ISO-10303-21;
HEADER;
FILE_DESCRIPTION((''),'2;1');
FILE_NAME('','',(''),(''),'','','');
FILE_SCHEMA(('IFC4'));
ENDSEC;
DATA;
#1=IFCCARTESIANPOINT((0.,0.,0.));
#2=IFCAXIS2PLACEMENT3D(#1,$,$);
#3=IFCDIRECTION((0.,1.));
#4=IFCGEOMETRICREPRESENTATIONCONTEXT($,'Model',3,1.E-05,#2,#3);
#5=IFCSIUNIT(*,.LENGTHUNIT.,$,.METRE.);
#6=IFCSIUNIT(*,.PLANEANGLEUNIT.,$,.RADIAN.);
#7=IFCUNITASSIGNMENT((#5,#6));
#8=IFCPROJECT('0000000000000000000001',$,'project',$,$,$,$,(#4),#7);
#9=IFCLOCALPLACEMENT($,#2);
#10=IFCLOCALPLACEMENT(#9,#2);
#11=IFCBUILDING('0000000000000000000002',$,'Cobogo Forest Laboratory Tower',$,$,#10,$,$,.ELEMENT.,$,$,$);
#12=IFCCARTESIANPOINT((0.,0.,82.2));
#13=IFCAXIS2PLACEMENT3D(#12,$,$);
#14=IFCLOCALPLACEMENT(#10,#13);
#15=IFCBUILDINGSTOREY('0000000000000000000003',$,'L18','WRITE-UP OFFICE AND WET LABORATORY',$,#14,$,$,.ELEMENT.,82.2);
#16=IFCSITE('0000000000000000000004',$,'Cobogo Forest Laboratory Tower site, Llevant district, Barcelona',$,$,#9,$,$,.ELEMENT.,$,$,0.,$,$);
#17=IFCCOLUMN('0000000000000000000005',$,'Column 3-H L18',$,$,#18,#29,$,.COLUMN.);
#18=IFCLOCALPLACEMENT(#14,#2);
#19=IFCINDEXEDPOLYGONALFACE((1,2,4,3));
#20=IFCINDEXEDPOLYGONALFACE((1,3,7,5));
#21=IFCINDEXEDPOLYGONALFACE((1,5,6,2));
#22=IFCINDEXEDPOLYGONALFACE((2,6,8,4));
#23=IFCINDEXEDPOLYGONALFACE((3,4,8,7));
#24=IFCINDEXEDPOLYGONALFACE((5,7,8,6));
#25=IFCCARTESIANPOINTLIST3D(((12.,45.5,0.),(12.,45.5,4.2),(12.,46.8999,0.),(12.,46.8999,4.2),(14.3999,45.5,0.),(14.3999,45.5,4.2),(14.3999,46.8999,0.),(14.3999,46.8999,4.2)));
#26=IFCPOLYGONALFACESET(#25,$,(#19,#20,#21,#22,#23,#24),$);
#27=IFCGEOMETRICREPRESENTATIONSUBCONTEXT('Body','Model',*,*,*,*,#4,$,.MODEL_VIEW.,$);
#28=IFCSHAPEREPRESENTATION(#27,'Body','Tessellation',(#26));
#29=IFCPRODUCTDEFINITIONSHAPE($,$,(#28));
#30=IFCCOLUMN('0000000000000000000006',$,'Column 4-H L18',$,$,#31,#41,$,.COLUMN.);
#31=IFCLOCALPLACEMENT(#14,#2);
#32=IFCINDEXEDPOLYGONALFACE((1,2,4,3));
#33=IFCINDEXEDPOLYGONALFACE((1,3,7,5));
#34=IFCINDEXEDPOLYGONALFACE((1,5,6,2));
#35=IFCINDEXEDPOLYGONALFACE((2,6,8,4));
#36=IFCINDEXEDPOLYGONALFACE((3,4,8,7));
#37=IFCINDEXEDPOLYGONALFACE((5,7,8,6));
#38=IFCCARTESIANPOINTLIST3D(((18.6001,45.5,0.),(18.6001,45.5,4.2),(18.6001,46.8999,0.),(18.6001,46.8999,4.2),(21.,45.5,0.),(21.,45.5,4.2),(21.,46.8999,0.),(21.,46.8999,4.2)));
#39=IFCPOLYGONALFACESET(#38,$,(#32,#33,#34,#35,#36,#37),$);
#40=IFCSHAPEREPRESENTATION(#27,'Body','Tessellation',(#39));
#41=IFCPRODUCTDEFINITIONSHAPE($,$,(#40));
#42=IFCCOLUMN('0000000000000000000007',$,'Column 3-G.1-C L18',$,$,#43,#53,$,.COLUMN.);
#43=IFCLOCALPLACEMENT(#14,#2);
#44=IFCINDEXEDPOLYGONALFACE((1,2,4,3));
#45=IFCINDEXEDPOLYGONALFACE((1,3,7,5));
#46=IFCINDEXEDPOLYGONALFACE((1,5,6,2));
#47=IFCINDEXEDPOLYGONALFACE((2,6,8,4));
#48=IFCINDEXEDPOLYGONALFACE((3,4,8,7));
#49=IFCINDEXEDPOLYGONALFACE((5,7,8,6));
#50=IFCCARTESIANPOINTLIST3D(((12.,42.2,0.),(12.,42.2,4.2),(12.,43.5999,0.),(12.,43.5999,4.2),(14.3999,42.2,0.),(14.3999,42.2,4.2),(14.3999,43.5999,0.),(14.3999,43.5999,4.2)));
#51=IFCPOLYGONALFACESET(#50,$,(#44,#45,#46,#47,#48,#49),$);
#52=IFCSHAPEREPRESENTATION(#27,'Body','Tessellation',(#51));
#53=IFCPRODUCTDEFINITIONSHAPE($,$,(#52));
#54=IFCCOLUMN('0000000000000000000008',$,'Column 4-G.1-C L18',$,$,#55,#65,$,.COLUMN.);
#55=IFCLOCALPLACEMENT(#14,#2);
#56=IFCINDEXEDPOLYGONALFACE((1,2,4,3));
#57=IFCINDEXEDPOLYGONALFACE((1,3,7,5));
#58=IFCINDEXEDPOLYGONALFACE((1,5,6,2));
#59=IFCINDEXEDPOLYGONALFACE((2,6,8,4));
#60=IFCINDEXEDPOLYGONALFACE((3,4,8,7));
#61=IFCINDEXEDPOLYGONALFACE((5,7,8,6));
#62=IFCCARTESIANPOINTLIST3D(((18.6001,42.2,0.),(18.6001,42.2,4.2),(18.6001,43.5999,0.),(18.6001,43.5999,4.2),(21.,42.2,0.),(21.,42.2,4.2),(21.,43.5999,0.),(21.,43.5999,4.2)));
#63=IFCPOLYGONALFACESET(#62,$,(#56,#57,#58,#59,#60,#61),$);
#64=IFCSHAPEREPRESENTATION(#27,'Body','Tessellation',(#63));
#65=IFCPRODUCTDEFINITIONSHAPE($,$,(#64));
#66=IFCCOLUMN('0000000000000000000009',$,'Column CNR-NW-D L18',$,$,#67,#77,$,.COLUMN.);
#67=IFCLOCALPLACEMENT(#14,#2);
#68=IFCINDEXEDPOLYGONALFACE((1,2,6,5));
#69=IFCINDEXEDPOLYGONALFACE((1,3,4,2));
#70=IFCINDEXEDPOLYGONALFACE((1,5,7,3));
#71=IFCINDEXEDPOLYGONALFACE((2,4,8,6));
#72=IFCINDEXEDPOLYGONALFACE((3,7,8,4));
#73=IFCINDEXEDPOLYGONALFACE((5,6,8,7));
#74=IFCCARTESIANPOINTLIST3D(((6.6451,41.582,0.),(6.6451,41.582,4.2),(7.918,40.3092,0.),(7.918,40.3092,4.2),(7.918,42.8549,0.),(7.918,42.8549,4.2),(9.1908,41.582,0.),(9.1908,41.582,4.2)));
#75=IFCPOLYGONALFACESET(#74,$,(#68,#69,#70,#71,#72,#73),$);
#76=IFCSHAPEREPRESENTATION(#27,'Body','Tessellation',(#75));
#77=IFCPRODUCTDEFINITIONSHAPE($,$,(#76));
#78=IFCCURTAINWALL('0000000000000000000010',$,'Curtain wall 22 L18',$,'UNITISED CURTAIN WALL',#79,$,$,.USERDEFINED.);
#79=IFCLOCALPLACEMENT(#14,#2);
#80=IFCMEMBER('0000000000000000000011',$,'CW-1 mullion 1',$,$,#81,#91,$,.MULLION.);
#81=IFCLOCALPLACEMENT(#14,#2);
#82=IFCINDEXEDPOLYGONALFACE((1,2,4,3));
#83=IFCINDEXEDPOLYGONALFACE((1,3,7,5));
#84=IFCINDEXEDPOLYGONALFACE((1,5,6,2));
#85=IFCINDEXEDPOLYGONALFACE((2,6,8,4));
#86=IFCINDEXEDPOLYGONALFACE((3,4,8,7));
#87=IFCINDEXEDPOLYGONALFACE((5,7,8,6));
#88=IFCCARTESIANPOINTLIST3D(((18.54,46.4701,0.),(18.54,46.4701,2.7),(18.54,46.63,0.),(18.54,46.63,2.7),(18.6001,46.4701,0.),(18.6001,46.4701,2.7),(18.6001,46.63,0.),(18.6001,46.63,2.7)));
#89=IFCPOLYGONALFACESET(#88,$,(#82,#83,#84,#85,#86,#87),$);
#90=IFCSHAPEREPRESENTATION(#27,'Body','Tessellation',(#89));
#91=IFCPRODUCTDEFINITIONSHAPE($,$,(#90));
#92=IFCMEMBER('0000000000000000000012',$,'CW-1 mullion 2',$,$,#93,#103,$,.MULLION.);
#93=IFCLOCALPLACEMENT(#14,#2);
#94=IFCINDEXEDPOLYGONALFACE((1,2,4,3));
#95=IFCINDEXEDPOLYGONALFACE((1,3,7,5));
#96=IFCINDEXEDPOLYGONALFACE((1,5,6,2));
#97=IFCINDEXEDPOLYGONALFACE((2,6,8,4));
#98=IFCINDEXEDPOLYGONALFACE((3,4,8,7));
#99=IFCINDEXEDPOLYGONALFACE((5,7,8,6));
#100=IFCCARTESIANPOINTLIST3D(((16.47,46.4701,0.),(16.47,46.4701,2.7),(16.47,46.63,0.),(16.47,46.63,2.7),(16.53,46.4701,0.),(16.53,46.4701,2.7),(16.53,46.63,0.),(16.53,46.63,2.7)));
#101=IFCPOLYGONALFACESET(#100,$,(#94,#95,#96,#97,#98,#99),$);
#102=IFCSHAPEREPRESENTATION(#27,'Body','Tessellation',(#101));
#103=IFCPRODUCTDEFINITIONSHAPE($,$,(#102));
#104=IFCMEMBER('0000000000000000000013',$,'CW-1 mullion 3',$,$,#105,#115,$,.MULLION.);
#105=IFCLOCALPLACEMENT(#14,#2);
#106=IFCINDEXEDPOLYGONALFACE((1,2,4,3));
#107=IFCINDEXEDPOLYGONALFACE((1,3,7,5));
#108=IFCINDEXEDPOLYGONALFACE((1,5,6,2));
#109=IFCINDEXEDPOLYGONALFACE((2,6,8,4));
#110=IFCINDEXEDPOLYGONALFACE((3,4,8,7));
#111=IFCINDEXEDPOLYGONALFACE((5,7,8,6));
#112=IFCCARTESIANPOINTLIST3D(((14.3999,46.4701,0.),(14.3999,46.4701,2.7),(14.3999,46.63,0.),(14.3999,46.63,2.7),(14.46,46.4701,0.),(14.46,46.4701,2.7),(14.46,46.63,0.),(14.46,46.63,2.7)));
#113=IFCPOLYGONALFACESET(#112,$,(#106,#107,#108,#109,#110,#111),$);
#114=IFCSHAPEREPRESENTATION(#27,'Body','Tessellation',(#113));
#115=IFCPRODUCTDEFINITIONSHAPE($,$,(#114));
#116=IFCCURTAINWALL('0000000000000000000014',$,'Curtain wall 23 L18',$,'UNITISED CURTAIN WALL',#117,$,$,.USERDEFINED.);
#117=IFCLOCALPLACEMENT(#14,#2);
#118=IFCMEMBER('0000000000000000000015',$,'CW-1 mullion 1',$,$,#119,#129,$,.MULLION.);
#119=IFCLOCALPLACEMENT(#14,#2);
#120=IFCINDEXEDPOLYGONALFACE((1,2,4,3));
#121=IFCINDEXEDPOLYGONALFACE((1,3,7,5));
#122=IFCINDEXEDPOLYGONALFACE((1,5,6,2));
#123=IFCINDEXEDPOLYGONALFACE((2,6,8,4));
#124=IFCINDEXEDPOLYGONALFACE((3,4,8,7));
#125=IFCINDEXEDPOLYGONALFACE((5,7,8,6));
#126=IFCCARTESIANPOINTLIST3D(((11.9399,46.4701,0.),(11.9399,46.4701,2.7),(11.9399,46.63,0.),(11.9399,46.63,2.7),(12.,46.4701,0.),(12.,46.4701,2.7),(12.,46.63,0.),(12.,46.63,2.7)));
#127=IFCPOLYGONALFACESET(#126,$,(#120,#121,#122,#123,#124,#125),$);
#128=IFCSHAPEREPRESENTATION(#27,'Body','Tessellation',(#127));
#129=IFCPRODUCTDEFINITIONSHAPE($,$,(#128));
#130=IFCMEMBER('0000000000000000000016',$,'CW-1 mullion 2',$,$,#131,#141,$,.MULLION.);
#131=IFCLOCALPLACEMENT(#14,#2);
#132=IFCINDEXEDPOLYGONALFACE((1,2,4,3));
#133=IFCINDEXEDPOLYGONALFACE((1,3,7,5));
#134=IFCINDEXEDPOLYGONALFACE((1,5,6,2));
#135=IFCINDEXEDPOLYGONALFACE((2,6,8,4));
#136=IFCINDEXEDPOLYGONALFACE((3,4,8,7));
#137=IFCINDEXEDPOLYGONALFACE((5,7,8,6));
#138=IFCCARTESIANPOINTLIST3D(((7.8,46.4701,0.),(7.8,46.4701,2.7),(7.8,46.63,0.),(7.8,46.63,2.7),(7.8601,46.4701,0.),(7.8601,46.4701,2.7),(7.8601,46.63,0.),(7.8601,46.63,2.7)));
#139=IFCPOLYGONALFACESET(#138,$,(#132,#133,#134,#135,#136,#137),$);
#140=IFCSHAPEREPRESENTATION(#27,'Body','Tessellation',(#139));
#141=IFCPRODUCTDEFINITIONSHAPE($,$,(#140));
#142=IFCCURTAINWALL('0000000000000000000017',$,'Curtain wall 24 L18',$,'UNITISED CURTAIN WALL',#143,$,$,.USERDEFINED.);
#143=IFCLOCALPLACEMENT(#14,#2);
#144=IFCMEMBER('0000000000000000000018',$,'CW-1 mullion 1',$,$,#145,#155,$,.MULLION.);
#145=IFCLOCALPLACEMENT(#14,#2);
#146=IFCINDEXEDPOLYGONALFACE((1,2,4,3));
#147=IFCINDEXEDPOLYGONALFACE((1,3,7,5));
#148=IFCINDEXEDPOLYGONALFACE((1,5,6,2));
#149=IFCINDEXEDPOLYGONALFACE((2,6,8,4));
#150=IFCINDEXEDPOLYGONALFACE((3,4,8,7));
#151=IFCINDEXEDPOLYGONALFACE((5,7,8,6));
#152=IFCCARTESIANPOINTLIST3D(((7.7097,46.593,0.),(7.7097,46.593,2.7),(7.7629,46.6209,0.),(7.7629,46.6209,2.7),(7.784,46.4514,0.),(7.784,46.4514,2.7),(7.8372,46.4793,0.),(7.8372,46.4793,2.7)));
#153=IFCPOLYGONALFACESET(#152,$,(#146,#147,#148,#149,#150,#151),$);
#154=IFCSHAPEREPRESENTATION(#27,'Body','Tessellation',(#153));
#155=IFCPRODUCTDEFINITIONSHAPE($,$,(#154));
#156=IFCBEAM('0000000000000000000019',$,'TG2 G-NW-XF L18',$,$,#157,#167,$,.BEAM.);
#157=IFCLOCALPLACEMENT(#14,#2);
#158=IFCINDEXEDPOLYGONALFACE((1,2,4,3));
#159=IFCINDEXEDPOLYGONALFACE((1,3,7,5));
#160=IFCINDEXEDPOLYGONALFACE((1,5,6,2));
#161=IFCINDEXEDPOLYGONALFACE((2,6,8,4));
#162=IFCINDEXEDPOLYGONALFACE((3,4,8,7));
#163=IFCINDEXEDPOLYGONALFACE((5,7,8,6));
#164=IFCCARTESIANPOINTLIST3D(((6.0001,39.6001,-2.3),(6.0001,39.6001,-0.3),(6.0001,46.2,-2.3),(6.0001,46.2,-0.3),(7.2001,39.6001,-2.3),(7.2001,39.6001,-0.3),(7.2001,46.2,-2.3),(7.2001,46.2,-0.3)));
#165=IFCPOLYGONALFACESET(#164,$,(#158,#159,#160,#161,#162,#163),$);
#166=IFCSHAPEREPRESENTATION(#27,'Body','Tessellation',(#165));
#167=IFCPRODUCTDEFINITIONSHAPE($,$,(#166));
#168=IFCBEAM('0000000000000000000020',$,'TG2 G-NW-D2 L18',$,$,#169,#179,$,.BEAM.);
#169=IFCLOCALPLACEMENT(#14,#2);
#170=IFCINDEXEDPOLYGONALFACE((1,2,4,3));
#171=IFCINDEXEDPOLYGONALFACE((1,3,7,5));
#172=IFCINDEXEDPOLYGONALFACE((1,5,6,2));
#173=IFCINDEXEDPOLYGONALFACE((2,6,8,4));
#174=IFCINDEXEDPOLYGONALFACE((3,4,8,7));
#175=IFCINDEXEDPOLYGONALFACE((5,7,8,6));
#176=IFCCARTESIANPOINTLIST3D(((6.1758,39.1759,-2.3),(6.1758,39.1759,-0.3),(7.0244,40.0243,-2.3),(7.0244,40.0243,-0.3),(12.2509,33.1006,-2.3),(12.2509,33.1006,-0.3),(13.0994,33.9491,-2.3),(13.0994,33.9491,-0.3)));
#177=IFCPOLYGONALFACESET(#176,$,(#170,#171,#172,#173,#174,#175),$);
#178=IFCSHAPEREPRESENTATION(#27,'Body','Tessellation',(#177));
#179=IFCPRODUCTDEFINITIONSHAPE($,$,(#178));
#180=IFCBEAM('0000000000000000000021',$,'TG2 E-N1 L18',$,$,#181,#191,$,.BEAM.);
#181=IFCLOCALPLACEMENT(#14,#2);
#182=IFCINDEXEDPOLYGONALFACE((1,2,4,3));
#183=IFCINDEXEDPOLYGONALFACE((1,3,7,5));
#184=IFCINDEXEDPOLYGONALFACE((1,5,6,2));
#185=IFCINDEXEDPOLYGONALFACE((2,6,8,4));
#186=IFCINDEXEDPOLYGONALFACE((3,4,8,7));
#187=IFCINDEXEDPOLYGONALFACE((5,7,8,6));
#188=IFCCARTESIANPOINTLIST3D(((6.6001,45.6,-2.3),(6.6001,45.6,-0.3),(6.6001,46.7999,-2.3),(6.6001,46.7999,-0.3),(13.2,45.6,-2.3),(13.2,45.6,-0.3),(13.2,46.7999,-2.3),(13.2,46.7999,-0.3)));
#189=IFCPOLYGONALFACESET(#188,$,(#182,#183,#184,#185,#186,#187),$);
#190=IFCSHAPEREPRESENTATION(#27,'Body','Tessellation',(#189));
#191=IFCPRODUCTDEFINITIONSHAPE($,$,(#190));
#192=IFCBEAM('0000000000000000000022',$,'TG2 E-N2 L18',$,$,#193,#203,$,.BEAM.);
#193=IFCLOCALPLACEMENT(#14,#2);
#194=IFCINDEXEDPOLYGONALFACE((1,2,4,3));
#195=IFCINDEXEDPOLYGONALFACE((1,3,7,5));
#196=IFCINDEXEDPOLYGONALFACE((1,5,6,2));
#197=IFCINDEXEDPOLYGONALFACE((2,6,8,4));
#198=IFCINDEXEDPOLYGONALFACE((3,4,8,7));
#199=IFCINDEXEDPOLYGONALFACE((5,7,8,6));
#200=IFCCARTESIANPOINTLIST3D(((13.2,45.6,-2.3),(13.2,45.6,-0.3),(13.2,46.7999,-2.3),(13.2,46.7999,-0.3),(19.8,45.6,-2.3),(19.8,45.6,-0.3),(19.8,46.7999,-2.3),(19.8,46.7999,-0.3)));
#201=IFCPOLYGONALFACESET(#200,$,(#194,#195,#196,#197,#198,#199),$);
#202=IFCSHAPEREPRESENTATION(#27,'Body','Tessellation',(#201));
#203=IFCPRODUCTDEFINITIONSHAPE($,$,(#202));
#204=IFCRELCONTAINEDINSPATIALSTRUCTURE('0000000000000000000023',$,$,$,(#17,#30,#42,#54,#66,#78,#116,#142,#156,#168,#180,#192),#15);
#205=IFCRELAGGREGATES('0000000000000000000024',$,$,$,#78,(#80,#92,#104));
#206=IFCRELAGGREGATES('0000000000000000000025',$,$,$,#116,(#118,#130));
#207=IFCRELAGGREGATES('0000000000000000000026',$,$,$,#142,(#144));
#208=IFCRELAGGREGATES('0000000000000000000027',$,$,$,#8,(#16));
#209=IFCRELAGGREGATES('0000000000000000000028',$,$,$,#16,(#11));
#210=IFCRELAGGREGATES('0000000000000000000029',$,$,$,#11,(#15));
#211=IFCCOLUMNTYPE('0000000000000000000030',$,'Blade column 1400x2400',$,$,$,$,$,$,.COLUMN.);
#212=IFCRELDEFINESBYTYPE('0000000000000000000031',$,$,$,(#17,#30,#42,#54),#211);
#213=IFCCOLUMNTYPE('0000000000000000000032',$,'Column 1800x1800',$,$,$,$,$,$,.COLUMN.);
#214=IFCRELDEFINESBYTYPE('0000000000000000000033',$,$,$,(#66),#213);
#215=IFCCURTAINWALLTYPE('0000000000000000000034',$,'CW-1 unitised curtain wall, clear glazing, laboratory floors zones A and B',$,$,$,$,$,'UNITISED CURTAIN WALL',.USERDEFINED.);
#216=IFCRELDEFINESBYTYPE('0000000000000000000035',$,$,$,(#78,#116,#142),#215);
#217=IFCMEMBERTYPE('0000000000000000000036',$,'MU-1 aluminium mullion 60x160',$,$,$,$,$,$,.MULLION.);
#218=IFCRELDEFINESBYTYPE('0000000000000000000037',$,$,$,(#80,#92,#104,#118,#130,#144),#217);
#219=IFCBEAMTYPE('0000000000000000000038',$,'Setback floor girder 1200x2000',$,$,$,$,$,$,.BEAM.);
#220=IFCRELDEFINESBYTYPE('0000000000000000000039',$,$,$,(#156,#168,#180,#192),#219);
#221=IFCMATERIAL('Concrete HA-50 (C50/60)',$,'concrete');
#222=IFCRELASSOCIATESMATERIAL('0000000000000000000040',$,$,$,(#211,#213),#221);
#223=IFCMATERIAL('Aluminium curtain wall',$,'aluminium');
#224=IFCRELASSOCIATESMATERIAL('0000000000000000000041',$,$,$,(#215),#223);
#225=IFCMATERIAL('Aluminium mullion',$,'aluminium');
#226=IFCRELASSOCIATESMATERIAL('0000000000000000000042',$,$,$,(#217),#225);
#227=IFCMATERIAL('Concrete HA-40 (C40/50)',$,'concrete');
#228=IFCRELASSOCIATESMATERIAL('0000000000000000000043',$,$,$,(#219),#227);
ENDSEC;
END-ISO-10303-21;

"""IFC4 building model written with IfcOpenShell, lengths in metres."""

from ifc_helpers import new_model, si_unit, direction, frame, origin, origin_2d, place, context, subcontext, project, spatial, rectangle, extrude, material, material_profile, profile_set, type_object, element, aggregate, save


model = new_model("IFC4")

# Units and contexts
model_context = context("Model", 3, precision=1e-05, world=origin(), true_north=direction((0.0, 1.0)))
body_context = subcontext(model_context, "Body", "Model", "MODEL_VIEW")
ifc_project = project(units=[si_unit("LENGTHUNIT", "METRE"), si_unit("PLANEANGLEUNIT", "RADIAN")], contexts=[model_context])

# Site, building, storey
site_placement = place(None, origin())
site = spatial("IfcSite", under=ifc_project, at=site_placement, Name="Cobogo Forest Laboratory Tower site, Llevant district, Barcelona", CompositionType="ELEMENT", RefElevation=0.0)
building_placement = place(site_placement, origin())
building = spatial("IfcBuilding", under=site, at=building_placement, Name="Cobogo Forest Laboratory Tower", CompositionType="ELEMENT")
storey_placement = place(building_placement, frame((0.0, 0.0, 82.2)))
storey = spatial("IfcBuildingStorey", under=building, at=storey_placement, Name="L18", Description="WRITE-UP OFFICE AND WET LABORATORY", CompositionType="ELEMENT", Elevation=82.2)

# Columns
ifc_material_1 = material(Name="Concrete HA-50 (C50/60)", Category="concrete")
ifc_material_profile_1 = material_profile(ifc_material_1, rectangle(XDim=2.3999, YDim=1.3999, at=origin_2d()), Name="RC 1400x2400")
ifc_profile_set_1 = profile_set([ifc_material_profile_1], Name="Concrete HA-50 (C50/60)")
column_type_1 = type_object("IfcColumnType", Name="Blade column 1400x2400", PredefinedType="COLUMN", material=ifc_profile_set_1)
for number, where, z_axis, x_axis, name in (
    (1, (13.2, 46.2, 0.0), (0.0, 0.0, 1.0), (1.0, 0.0, 0.0), "Column 3-H L18"),
    (2, (19.8, 46.2, 0.0), (0.0, 0.0, 1.0), (1.0, 0.0, 0.0), "Column 4-H L18"),
    (3, (13.2, 42.8999, 0.0), (0.0, 0.0, 1.0), (1.0, 0.0, 0.0), "Column 3-G.1-C L18"),
    (4, (19.8, 42.8999, 0.0), (0.0, 0.0, 1.0), (1.0, 0.0, 0.0), "Column 4-G.1-C L18"),
):
    element("IfcColumn", number, at=place(storey_placement, frame(where, z_axis=z_axis, x_axis=x_axis)), inside=storey, type_object=column_type_1, Name=name, PredefinedType="COLUMN", context=body_context, shape_type="SweptSolid", body=[
        extrude(rectangle(XDim=2.3999, YDim=1.3999, at=origin_2d()), origin(), (0.0, 0.0, 1.0), 4.2),
    ])
ifc_material_profile_2 = material_profile(ifc_material_1, rectangle(XDim=1.8, YDim=1.8, at=origin_2d()), Name="RC 1800x1800")
ifc_profile_set_2 = profile_set([ifc_material_profile_2], Name="Concrete HA-50 (C50/60)")
column_type_2 = type_object("IfcColumnType", Name="Column 1800x1800", PredefinedType="COLUMN", material=ifc_profile_set_2)
column_placement = place(storey_placement, frame((7.918, 41.582, 0.0), z_axis=(0.0, 0.0, 1.0), x_axis=(0.707107, 0.707107, 0.0)))
element("IfcColumn", 5, at=column_placement, inside=storey, type_object=column_type_2, Name="Column CNR-NW-D L18", PredefinedType="COLUMN", context=body_context, shape_type="SweptSolid", body=[
    extrude(rectangle(XDim=1.8, YDim=1.8, at=origin_2d()), origin(), (0.0, 0.0, 1.0), 4.2),
])

# Curtain walls, members
ifc_material_2 = material(Name="Aluminium curtain wall", Category="aluminium")
curtain_wall_type = type_object("IfcCurtainWallType", Name="CW-1 unitised curtain wall, clear glazing, laboratory floors zones A and B", ElementType="UNITISED CURTAIN WALL", PredefinedType="USERDEFINED", material=ifc_material_2)
curtain_wall_1_placement = place(storey_placement, origin())
curtain_wall_1 = element("IfcCurtainWall", 6, at=curtain_wall_1_placement, inside=storey, type_object=curtain_wall_type, Name="Curtain wall 22 L18", ObjectType="UNITISED CURTAIN WALL", PredefinedType="USERDEFINED")
ifc_material_3 = material(Name="Aluminium mullion", Category="aluminium")
ifc_material_profile_3 = material_profile(ifc_material_3, rectangle(XDim=0.0601, YDim=0.1599, at=origin_2d()), Name="AL 60x160")
ifc_profile_set_3 = profile_set([ifc_material_profile_3], Name="Aluminium mullion")
member_type_1 = type_object("IfcMemberType", Name="MU-1 aluminium mullion 60x160", PredefinedType="MULLION", material=ifc_profile_set_3)
member_1_placement = place(storey_placement, frame((18.5701, 46.55, 0.0), z_axis=(0.0, 0.0, 1.0), x_axis=(-1.0, 0.0, 0.0)))
member_1 = element("IfcMember", 7, at=member_1_placement, type_object=member_type_1, Name="CW-1 mullion 1", PredefinedType="MULLION", context=body_context, shape_type="SweptSolid", body=[
    extrude(rectangle(XDim=0.0601, YDim=0.1599, at=origin_2d()), origin(), (0.0, 0.0, 1.0), 2.7),
])
member_2_placement = place(storey_placement, frame((16.5, 46.55, 0.0), z_axis=(0.0, 0.0, 1.0), x_axis=(-1.0, 0.0, 0.0)))
member_2 = element("IfcMember", 8, at=member_2_placement, type_object=member_type_1, Name="CW-1 mullion 2", PredefinedType="MULLION", context=body_context, shape_type="SweptSolid", body=[
    extrude(rectangle(XDim=0.0601, YDim=0.1599, at=origin_2d()), origin(), (0.0, 0.0, 1.0), 2.7),
])
member_3_placement = place(storey_placement, frame((14.4299, 46.55, 0.0), z_axis=(0.0, 0.0, 1.0), x_axis=(-1.0, 0.0, 0.0)))
member_3 = element("IfcMember", 9, at=member_3_placement, type_object=member_type_1, Name="CW-1 mullion 3", PredefinedType="MULLION", context=body_context, shape_type="SweptSolid", body=[
    extrude(rectangle(XDim=0.0601, YDim=0.1599, at=origin_2d()), origin(), (0.0, 0.0, 1.0), 2.7),
])
curtain_wall_2_placement = place(storey_placement, origin())
curtain_wall_2 = element("IfcCurtainWall", 10, at=curtain_wall_2_placement, inside=storey, type_object=curtain_wall_type, Name="Curtain wall 23 L18", ObjectType="UNITISED CURTAIN WALL", PredefinedType="USERDEFINED")
member_4_placement = place(storey_placement, frame((11.97, 46.55, 0.0), z_axis=(0.0, 0.0, 1.0), x_axis=(-1.0, 0.0, 0.0)))
member_4 = element("IfcMember", 11, at=member_4_placement, type_object=member_type_1, Name="CW-1 mullion 1", PredefinedType="MULLION", context=body_context, shape_type="SweptSolid", body=[
    extrude(rectangle(XDim=0.0601, YDim=0.1599, at=origin_2d()), origin(), (0.0, 0.0, 1.0), 2.7),
])
member_5_placement = place(storey_placement, frame((7.8301, 46.55, 0.0), z_axis=(0.0, 0.0, 1.0), x_axis=(-1.0, 0.0, 0.0)))
member_5 = element("IfcMember", 12, at=member_5_placement, type_object=member_type_1, Name="CW-1 mullion 2", PredefinedType="MULLION", context=body_context, shape_type="SweptSolid", body=[
    extrude(rectangle(XDim=0.0601, YDim=0.1599, at=origin_2d()), origin(), (0.0, 0.0, 1.0), 2.7),
])

# Curtain wall, member
curtain_wall_3_placement = place(storey_placement, origin())
curtain_wall_3 = element("IfcCurtainWall", 13, at=curtain_wall_3_placement, inside=storey, type_object=curtain_wall_type, Name="Curtain wall 24 L18", ObjectType="UNITISED CURTAIN WALL", PredefinedType="USERDEFINED")
member_6_placement = place(storey_placement, frame((7.7734, 46.5361, 0.0), z_axis=(0.0, 0.0, 1.0), x_axis=(-0.885687, -0.464284, 0.0)))
member_6 = element("IfcMember", 14, at=member_6_placement, type_object=member_type_1, Name="CW-1 mullion 1", PredefinedType="MULLION", context=body_context, shape_type="SweptSolid", body=[
    extrude(rectangle(XDim=0.0601, YDim=0.1599, at=origin_2d()), origin(), (0.0, 0.0, 1.0), 2.7),
])

# Beams
ifc_material_4 = material(Name="Concrete HA-40 (C40/50)", Category="concrete")
ifc_material_profile_4 = material_profile(ifc_material_4, rectangle(XDim=1.2, YDim=2.0, at=origin_2d()), Name="RC 1200x2000")
ifc_profile_set_4 = profile_set([ifc_material_profile_4], Name="Concrete HA-40 (C40/50)")
beam_type = type_object("IfcBeamType", Name="Setback floor girder 1200x2000", PredefinedType="BEAM", material=ifc_profile_set_4)
beam_1_placement = place(storey_placement, frame((6.6001, 46.2, -1.3), z_axis=(0.0, -1.0, 0.0), x_axis=(1.0, 0.0, 0.0)))
element("IfcBeam", 15, at=beam_1_placement, inside=storey, type_object=beam_type, Name="TG2 G-NW-XF L18", PredefinedType="BEAM", context=body_context, shape_type="SweptSolid", body=[
    extrude(rectangle(XDim=1.2, YDim=2.0, at=origin_2d()), origin(), (0.0, 0.0, 1.0), 6.5999),
])
beam_2_placement = place(storey_placement, frame((6.6001, 39.6001, -1.3), z_axis=(0.707093, -0.707121, 0.0), x_axis=(0.707121, 0.707093, 0.0)))
element("IfcBeam", 16, at=beam_2_placement, inside=storey, type_object=beam_type, Name="TG2 G-NW-D2 L18", PredefinedType="BEAM", context=body_context, shape_type="SweptSolid", body=[
    extrude(rectangle(XDim=1.2, YDim=2.0, at=origin_2d()), origin(), (0.0, 0.0, 1.0), 8.5916),
])
beam_3_placement = place(storey_placement, frame((6.6001, 46.2, -1.3), z_axis=(1.0, 0.0, 0.0), x_axis=(0.0, 1.0, 0.0)))
element("IfcBeam", 17, at=beam_3_placement, inside=storey, type_object=beam_type, Name="TG2 E-N1 L18", PredefinedType="BEAM", context=body_context, shape_type="SweptSolid", body=[
    extrude(rectangle(XDim=1.2, YDim=2.0, at=origin_2d()), origin(), (0.0, 0.0, 1.0), 6.5999),
])
beam_4_placement = place(storey_placement, frame((13.2, 46.2, -1.3), z_axis=(1.0, 0.0, 0.0), x_axis=(0.0, 1.0, 0.0)))
element("IfcBeam", 18, at=beam_4_placement, inside=storey, type_object=beam_type, Name="TG2 E-N2 L18", PredefinedType="BEAM", context=body_context, shape_type="SweptSolid", body=[
    extrude(rectangle(XDim=1.2, YDim=2.0, at=origin_2d()), origin(), (0.0, 0.0, 1.0), 6.6001),
])

aggregate(curtain_wall_1, [member_1, member_2, member_3])
aggregate(curtain_wall_2, [member_4, member_5])
aggregate(curtain_wall_3, [member_6])

save(model, "model.ifc")
